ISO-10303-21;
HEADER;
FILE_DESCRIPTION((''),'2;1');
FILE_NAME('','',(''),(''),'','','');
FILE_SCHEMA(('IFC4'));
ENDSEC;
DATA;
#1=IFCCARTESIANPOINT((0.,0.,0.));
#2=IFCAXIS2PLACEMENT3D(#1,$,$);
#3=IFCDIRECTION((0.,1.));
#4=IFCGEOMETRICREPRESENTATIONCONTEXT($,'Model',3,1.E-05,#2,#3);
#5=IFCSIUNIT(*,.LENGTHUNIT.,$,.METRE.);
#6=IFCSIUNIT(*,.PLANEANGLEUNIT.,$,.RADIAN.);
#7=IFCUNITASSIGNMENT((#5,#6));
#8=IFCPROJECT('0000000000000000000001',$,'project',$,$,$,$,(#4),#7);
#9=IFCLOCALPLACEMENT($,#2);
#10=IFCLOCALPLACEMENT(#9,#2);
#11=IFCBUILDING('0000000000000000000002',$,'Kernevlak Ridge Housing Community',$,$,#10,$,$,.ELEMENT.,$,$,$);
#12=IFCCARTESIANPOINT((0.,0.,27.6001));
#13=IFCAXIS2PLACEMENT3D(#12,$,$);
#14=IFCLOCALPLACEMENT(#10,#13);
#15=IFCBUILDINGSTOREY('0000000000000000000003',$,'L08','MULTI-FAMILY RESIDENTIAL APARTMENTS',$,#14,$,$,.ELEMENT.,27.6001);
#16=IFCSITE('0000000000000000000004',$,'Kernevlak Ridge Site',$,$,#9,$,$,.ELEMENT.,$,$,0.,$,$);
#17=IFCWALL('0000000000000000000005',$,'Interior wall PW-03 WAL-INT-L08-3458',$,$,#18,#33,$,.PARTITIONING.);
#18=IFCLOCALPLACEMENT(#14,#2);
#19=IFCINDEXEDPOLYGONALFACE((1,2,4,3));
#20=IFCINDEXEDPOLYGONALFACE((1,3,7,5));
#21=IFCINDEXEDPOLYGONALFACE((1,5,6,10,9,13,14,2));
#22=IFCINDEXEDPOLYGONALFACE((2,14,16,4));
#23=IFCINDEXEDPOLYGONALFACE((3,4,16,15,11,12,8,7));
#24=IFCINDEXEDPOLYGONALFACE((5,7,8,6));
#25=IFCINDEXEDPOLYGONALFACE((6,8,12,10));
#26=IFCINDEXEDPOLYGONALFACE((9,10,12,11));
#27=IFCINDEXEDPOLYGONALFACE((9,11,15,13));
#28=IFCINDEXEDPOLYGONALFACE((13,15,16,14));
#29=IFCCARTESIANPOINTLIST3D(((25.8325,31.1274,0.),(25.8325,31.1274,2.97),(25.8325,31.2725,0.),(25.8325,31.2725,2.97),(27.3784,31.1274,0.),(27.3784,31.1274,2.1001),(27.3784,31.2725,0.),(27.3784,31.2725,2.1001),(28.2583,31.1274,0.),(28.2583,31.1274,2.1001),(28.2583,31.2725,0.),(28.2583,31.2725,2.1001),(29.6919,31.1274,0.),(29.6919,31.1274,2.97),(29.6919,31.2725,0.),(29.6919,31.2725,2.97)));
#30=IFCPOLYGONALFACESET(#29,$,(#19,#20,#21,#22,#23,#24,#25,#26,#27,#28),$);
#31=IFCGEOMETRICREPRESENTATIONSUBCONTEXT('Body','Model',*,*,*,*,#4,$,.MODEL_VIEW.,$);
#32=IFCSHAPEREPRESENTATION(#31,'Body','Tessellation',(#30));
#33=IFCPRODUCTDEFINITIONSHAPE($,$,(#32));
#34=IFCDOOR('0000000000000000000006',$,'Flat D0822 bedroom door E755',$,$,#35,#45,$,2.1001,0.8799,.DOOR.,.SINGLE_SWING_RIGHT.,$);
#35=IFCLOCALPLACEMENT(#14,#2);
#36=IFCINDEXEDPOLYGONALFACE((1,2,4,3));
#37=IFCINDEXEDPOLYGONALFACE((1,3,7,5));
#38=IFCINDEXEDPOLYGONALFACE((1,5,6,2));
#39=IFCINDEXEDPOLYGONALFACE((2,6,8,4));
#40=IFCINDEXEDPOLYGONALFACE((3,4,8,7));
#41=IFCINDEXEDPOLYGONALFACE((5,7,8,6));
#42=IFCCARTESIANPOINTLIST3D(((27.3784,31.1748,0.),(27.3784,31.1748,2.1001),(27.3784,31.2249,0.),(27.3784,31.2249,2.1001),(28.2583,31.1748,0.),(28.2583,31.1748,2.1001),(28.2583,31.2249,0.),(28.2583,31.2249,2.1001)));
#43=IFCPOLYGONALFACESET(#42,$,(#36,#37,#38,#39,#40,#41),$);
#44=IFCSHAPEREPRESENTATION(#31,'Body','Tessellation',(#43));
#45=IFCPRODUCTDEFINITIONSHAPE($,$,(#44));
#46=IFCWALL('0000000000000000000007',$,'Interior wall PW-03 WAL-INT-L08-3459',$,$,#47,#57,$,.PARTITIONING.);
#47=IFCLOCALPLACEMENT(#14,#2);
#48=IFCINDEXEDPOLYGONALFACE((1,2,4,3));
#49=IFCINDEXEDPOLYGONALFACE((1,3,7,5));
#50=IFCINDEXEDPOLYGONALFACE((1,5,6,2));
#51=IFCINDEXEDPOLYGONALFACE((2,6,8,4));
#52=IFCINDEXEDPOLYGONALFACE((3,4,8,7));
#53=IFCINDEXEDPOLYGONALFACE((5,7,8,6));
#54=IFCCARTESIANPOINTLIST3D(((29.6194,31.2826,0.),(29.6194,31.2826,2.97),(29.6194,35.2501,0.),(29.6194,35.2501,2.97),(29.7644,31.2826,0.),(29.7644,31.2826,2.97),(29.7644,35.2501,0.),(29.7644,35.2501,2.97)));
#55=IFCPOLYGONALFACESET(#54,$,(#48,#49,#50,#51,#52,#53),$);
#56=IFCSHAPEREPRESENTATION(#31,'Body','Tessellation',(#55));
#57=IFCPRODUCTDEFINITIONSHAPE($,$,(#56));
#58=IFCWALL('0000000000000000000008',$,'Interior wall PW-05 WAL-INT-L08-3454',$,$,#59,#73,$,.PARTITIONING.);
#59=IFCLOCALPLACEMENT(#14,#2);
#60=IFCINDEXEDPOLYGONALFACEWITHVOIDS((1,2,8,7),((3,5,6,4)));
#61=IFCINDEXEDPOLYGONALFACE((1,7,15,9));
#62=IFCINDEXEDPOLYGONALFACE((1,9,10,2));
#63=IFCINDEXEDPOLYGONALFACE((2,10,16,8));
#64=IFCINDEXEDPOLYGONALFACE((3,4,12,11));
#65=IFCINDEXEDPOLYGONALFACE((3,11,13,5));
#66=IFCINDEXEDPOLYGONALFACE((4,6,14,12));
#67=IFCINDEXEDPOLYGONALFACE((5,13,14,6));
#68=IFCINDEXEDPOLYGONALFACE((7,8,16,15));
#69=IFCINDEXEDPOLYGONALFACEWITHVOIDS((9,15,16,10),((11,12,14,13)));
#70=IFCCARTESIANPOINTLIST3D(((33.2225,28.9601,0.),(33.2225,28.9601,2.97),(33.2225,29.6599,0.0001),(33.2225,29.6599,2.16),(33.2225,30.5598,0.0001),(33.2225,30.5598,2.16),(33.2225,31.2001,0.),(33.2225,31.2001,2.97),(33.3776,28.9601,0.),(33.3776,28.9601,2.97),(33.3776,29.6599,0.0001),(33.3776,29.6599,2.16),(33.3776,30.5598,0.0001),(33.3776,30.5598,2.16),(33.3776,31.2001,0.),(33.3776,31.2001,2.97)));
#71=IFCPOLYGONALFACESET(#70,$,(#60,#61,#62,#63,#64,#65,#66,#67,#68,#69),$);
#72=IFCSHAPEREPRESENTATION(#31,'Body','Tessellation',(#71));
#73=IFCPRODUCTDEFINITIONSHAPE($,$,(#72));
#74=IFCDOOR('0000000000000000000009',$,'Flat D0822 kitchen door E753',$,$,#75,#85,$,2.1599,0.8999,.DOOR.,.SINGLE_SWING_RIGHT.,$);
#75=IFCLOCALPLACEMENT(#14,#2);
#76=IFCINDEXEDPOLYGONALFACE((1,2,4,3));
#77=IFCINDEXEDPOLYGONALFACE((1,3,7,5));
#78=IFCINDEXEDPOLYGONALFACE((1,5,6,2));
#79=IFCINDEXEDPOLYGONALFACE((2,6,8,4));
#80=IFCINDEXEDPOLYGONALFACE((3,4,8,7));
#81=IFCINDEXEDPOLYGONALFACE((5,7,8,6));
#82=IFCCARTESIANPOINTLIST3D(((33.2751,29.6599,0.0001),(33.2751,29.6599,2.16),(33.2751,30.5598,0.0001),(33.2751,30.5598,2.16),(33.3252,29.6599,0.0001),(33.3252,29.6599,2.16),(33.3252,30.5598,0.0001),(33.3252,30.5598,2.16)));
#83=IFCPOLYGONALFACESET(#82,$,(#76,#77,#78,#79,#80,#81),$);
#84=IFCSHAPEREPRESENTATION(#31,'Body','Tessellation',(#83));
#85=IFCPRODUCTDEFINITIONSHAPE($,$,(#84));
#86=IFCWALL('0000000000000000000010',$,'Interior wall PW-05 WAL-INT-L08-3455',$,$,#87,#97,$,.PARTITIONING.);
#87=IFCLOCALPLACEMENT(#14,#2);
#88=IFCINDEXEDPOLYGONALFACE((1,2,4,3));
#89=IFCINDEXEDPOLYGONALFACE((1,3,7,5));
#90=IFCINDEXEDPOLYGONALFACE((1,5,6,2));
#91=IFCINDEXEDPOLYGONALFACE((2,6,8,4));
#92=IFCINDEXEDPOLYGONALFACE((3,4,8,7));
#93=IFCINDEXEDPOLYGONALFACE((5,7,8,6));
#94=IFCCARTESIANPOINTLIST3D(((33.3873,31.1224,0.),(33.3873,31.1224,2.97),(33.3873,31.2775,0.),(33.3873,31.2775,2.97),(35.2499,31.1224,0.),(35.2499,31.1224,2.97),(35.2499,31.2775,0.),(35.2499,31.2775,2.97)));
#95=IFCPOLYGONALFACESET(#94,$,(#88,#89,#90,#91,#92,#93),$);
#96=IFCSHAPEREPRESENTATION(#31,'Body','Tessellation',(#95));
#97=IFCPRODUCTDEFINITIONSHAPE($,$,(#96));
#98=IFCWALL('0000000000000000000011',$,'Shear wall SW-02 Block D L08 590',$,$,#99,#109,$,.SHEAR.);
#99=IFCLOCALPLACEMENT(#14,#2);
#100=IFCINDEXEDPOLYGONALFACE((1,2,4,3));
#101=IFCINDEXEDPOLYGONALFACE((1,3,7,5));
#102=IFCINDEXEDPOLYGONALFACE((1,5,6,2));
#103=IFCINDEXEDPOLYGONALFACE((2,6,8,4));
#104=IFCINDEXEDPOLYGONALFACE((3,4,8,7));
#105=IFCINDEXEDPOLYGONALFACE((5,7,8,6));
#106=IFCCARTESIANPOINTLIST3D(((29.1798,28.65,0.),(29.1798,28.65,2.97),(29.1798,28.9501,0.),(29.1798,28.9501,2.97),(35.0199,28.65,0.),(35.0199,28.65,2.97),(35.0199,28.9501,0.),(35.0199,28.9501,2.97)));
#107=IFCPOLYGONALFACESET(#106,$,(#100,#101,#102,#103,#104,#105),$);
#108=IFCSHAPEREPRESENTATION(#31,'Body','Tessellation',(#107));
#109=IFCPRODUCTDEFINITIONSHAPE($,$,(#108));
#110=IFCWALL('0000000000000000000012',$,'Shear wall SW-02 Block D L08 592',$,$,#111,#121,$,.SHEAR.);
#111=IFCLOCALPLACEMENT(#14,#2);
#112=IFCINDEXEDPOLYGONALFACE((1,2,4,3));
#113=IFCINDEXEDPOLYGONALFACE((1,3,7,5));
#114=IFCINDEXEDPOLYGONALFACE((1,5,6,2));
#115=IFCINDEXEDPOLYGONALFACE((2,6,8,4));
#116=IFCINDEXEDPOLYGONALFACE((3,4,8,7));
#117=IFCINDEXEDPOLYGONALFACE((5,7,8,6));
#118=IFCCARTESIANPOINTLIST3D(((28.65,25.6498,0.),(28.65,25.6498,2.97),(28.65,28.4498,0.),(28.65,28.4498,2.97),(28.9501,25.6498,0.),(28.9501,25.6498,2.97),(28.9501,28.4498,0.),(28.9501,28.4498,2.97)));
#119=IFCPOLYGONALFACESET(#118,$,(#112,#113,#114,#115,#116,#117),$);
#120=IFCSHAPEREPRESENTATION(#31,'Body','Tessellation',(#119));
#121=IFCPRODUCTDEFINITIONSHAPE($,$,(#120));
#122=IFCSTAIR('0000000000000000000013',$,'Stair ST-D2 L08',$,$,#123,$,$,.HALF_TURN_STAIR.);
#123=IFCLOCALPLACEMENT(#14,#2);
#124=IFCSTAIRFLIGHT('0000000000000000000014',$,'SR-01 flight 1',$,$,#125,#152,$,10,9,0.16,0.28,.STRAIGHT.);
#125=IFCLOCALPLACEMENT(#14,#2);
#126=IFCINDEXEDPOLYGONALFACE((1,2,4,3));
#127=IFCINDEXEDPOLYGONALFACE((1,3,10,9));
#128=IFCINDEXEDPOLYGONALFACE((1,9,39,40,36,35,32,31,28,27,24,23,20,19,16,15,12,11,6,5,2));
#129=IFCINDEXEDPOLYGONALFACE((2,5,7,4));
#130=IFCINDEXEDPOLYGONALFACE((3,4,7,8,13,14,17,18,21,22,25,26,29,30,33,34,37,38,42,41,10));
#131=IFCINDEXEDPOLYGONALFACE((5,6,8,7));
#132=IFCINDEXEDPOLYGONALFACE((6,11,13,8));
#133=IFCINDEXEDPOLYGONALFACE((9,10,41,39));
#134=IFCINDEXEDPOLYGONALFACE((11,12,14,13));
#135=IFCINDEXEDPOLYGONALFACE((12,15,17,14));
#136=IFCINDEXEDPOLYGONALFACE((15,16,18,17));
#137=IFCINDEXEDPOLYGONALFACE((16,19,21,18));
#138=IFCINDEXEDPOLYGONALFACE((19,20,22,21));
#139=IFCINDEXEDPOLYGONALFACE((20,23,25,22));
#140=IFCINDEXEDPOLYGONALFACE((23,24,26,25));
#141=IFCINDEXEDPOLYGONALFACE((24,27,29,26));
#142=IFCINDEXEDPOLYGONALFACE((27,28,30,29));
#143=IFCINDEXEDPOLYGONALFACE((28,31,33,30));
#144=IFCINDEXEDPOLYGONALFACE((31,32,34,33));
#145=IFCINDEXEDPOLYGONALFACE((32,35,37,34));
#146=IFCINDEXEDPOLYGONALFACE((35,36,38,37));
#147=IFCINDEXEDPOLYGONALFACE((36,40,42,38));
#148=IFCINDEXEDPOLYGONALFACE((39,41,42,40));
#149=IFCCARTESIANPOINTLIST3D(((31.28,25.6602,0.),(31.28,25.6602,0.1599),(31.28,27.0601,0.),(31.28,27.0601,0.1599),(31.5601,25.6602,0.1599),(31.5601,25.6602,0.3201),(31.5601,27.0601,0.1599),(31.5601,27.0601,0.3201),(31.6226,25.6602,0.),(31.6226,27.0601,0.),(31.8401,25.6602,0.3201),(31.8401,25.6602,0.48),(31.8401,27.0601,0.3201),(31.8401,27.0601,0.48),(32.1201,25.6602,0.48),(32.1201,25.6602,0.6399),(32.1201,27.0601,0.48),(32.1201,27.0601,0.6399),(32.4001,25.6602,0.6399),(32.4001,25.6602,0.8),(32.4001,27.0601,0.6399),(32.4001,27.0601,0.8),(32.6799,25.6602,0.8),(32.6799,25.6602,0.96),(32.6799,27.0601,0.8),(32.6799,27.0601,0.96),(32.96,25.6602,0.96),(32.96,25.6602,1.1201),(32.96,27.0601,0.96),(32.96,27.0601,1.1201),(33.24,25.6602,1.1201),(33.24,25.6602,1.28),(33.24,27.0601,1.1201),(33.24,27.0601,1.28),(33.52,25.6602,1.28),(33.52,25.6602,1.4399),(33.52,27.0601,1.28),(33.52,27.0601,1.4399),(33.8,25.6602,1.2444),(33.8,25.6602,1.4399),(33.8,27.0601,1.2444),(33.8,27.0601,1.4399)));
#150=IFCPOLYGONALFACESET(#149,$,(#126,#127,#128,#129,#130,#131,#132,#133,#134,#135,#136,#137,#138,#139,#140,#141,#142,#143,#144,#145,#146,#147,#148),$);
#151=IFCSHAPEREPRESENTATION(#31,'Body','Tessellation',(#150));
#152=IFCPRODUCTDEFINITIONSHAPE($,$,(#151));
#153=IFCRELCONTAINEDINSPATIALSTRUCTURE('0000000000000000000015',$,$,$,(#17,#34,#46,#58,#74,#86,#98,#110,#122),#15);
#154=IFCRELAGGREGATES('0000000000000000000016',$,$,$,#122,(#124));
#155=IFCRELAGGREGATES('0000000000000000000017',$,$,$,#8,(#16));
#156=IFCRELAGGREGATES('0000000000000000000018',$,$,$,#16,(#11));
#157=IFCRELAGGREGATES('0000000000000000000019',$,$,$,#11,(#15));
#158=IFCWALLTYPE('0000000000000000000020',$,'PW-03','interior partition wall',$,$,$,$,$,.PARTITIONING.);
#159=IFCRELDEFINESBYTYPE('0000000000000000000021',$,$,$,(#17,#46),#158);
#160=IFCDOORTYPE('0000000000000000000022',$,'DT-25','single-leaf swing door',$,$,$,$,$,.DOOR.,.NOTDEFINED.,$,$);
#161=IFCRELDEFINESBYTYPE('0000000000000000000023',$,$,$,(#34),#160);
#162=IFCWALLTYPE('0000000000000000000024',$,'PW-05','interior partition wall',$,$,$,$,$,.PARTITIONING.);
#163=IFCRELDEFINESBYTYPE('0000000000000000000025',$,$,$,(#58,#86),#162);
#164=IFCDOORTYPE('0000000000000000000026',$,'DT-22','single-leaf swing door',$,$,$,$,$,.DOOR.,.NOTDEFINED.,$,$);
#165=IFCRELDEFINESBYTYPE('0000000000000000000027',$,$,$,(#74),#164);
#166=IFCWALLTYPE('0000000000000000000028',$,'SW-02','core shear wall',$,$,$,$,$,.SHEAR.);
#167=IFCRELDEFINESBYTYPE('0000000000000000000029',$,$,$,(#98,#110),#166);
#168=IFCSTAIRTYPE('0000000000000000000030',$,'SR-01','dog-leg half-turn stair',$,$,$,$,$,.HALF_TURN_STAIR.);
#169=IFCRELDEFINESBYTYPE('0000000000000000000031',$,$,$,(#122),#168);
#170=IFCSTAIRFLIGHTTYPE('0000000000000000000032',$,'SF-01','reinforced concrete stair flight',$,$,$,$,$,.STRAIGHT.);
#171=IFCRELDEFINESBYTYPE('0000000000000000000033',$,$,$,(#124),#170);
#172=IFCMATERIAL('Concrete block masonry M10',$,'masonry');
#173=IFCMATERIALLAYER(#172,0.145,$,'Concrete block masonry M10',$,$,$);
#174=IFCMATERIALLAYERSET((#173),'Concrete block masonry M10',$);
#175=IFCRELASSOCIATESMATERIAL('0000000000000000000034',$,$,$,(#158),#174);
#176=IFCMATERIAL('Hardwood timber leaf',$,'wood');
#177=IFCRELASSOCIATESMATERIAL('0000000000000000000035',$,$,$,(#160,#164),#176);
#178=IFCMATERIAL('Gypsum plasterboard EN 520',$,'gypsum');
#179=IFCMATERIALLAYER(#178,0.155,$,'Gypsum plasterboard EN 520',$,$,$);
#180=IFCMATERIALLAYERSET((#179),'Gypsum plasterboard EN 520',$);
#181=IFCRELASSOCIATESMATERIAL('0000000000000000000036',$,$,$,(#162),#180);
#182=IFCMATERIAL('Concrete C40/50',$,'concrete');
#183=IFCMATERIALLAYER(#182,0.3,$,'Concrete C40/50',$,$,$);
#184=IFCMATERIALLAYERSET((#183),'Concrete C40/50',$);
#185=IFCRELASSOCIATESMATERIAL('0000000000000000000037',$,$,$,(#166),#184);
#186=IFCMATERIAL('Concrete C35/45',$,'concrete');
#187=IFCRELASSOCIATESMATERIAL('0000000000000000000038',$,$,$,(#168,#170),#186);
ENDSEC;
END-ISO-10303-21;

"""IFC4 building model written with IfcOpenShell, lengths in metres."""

from ifc_helpers import new_model, si_unit, direction, frame, frame_2d, origin, place, context, subcontext, project, spatial, polyline, rectangle, outline, extrude, material, layer, layer_set, type_object, element, fill, aggregate, save


model = new_model("IFC4")

# Units and contexts
model_context = context("Model", 3, precision=1e-05, world=origin(), true_north=direction((0.0, 1.0)))
body_context = subcontext(model_context, "Body", "Model", "MODEL_VIEW")
ifc_project = project(units=[si_unit("LENGTHUNIT", "METRE"), si_unit("PLANEANGLEUNIT", "RADIAN")], contexts=[model_context])

# Site, building, storey
site_placement = place(None, origin())
site = spatial("IfcSite", under=ifc_project, at=site_placement, Name="Kernevlak Ridge Site", CompositionType="ELEMENT", RefElevation=0.0)
building_placement = place(site_placement, origin())
building = spatial("IfcBuilding", under=site, at=building_placement, Name="Kernevlak Ridge Housing Community", CompositionType="ELEMENT")
storey_placement = place(building_placement, frame((0.0, 0.0, 27.6001)))
storey = spatial("IfcBuildingStorey", under=building, at=storey_placement, Name="L08", Description="MULTI-FAMILY RESIDENTIAL APARTMENTS", CompositionType="ELEMENT", Elevation=27.6001)

# Shared definitions
ifc_material_1 = material(Name="Concrete C40/50", Category="concrete")
ifc_material_2 = material(Name="Concrete C35/45", Category="concrete")

# Shared definitions
ifc_material_3 = material(Name="Concrete block masonry M10", Category="masonry")

# Shared definitions
ifc_layer_1 = layer(ifc_material_3, 0.145, Name="Concrete block masonry M10")
ifc_layer_set_1 = layer_set([ifc_layer_1], Name="Concrete block masonry M10")
wall_type_1 = type_object("IfcWallType", Name="PW-03", Description="interior partition wall", PredefinedType="PARTITIONING", material=ifc_layer_set_1)

# Wall, opening, door
wall_1_placement = place(storey_placement, frame((25.8325, 31.2, 0.0), z_axis=(0.0, 0.0, 1.0), x_axis=(1.0, 0.0, 0.0)))
wall_1 = element("IfcWall", 1, at=wall_1_placement, inside=storey, type_object=wall_type_1, Name="Interior wall PW-03 WAL-INT-L08-3458", PredefinedType="PARTITIONING", context=body_context, shape_type="SweptSolid", body=[
    extrude(rectangle(XDim=3.8594, YDim=0.145, at=frame_2d((1.9297, 0.0))), origin(), (0.0, 0.0, 1.0), 2.97),
])
opening_1_placement = place(wall_1_placement, frame((1.5459, 0.0, 0.0)))
opening_1 = element("IfcOpeningElement", 2, at=opening_1_placement, cuts=wall_1, PredefinedType="OPENING", context=body_context, shape_type="SweptSolid", body=[
    extrude(rectangle(XDim=0.8799, YDim=2.1001, at=frame_2d((0.4399, 1.05))), frame((0.0, 0.0825, 0.0), z_axis=(0.0, -1.0, 0.0), x_axis=(1.0, 0.0, 0.0)), (0.0, 0.0, 1.0), 0.165),
])
ifc_material_4 = material(Name="Hardwood timber leaf", Category="wood")
door_type_1 = type_object("IfcDoorType", Name="DT-25", Description="single-leaf swing door", OperationType="NOTDEFINED", PredefinedType="DOOR", material=ifc_material_4)
door_1_placement = place(opening_1_placement, origin())
door_1 = element("IfcDoor", 3, at=door_1_placement, inside=storey, type_object=door_type_1, Name="Flat D0822 bedroom door E755", OperationType="SINGLE_SWING_RIGHT", OverallHeight=2.1001, OverallWidth=0.8799, PredefinedType="DOOR", context=body_context, shape_type="SweptSolid", body=[
    extrude(rectangle(XDim=0.8799, YDim=2.1001, at=frame_2d((0.4399, 1.05))), frame((0.0, 0.0249, 0.0), z_axis=(0.0, -1.0, 0.0), x_axis=(1.0, 0.0, 0.0)), (0.0, 0.0, 1.0), 0.05),
])
fill(opening_1, door_1)

# Wall
wall_2_placement = place(storey_placement, frame((29.6919, 31.2825, 0.0), z_axis=(0.0, 0.0, 1.0), x_axis=(0.0, 1.0, 0.0)))
element("IfcWall", 4, at=wall_2_placement, inside=storey, type_object=wall_type_1, Name="Interior wall PW-03 WAL-INT-L08-3459", PredefinedType="PARTITIONING", context=body_context, shape_type="SweptSolid", body=[
    extrude(rectangle(XDim=3.9675, YDim=0.145, at=frame_2d((1.9839, 0.0))), origin(), (0.0, 0.0, 1.0), 2.97),
])

# Wall, opening, door
ifc_material_5 = material(Name="Gypsum plasterboard EN 520", Category="gypsum")
ifc_layer_2 = layer(ifc_material_5, 0.155, Name="Gypsum plasterboard EN 520")
ifc_layer_set_2 = layer_set([ifc_layer_2], Name="Gypsum plasterboard EN 520")
wall_type_2 = type_object("IfcWallType", Name="PW-05", Description="interior partition wall", PredefinedType="PARTITIONING", material=ifc_layer_set_2)
wall_3_placement = place(storey_placement, frame((33.3, 28.96, 0.0), z_axis=(0.0, 0.0, 1.0), x_axis=(0.0, 1.0, 0.0)))
wall_3 = element("IfcWall", 5, at=wall_3_placement, inside=storey, type_object=wall_type_2, Name="Interior wall PW-05 WAL-INT-L08-3454", PredefinedType="PARTITIONING", context=body_context, shape_type="SweptSolid", body=[
    extrude(rectangle(XDim=2.24, YDim=0.155, at=frame_2d((1.1201, 0.0))), origin(), (0.0, 0.0, 1.0), 2.97),
])
opening_2_placement = place(wall_3_placement, frame((0.7, 0.0, 0.0)))
opening_2 = element("IfcOpeningElement", 6, at=opening_2_placement, cuts=wall_3, PredefinedType="OPENING", context=body_context, shape_type="SweptSolid", body=[
    extrude(rectangle(XDim=0.8999, YDim=2.1599, at=frame_2d((0.45, 1.0801))), frame((0.0, 0.0874, 0.0), z_axis=(0.0, -1.0, 0.0), x_axis=(1.0, 0.0, 0.0)), (0.0, 0.0, 1.0), 0.175),
])
door_type_2 = type_object("IfcDoorType", Name="DT-22", Description="single-leaf swing door", OperationType="NOTDEFINED", PredefinedType="DOOR", material=ifc_material_4)
door_2_placement = place(opening_2_placement, origin())
door_2 = element("IfcDoor", 7, at=door_2_placement, inside=storey, type_object=door_type_2, Name="Flat D0822 kitchen door E753", OperationType="SINGLE_SWING_RIGHT", OverallHeight=2.1599, OverallWidth=0.8999, PredefinedType="DOOR", context=body_context, shape_type="SweptSolid", body=[
    extrude(rectangle(XDim=0.8999, YDim=2.1599, at=frame_2d((0.45, 1.0801))), frame((0.0, 0.0249, 0.0), z_axis=(0.0, -1.0, 0.0), x_axis=(1.0, 0.0, 0.0)), (0.0, 0.0, 1.0), 0.05),
])
fill(opening_2, door_2)

# Walls
wall_4_placement = place(storey_placement, frame((33.3875, 31.2, 0.0), z_axis=(0.0, 0.0, 1.0), x_axis=(1.0, 0.0, 0.0)))
element("IfcWall", 8, at=wall_4_placement, inside=storey, type_object=wall_type_2, Name="Interior wall PW-05 WAL-INT-L08-3455", PredefinedType="PARTITIONING", context=body_context, shape_type="SweptSolid", body=[
    extrude(rectangle(XDim=1.8625, YDim=0.155, at=frame_2d((0.9312, 0.0))), origin(), (0.0, 0.0, 1.0), 2.97),
])
ifc_layer_3 = layer(ifc_material_1, 0.3, Name="Concrete C40/50")
ifc_layer_set_3 = layer_set([ifc_layer_3], Name="Concrete C40/50")
wall_type_3 = type_object("IfcWallType", Name="SW-02", Description="core shear wall", PredefinedType="SHEAR", material=ifc_layer_set_3)
wall_5_placement = place(storey_placement, frame((29.1799, 28.8, 0.0), z_axis=(0.0, 0.0, 1.0), x_axis=(1.0, 0.0, 0.0)))
element("IfcWall", 9, at=wall_5_placement, inside=storey, type_object=wall_type_3, Name="Shear wall SW-02 Block D L08 590", PredefinedType="SHEAR", context=body_context, shape_type="SweptSolid", body=[
    extrude(rectangle(XDim=5.8401, YDim=0.3, at=frame_2d((2.9199, 0.0))), origin(), (0.0, 0.0, 1.0), 2.97),
])
wall_6_placement = place(storey_placement, frame((28.8, 25.6499, 0.0), z_axis=(0.0, 0.0, 1.0), x_axis=(0.0, 1.0, 0.0)))
element("IfcWall", 10, at=wall_6_placement, inside=storey, type_object=wall_type_3, Name="Shear wall SW-02 Block D L08 592", PredefinedType="SHEAR", context=body_context, shape_type="SweptSolid", body=[
    extrude(rectangle(XDim=2.8, YDim=0.3, at=frame_2d((1.3999, 0.0))), origin(), (0.0, 0.0, 1.0), 2.97),
])

# Stair, stair flight
stair_type = type_object("IfcStairType", Name="SR-01", Description="dog-leg half-turn stair", PredefinedType="HALF_TURN_STAIR", material=ifc_material_2)
stair_placement = place(storey_placement, origin())
stair = element("IfcStair", 11, at=stair_placement, inside=storey, type_object=stair_type, Name="Stair ST-D2 L08", PredefinedType="HALF_TURN_STAIR")
stair_flight_type = type_object("IfcStairFlightType", Name="SF-01", Description="reinforced concrete stair flight", PredefinedType="STRAIGHT", material=ifc_material_2)
stair_flight_1_placement = place(storey_placement, frame((31.28, 26.3601, 0.0), z_axis=(0.0, 0.0, 1.0), x_axis=(1.0, 0.0, 0.0)))
stair_flight_1 = element("IfcStairFlight", 12, at=stair_flight_1_placement, type_object=stair_flight_type, Name="SR-01 flight 1", NumberOfRisers=10, NumberOfTreads=9, PredefinedType="STRAIGHT", RiserHeight=0.16, TreadLength=0.28, context=body_context, shape_type="SweptSolid", body=[
    extrude(outline(polyline([(0.0, 0.0), (0.0, 0.1599), (0.28, 0.1599), (0.28, 0.3201), (0.5601, 0.3201), (0.5601, 0.48), (0.8401, 0.48), (0.8401, 0.6399), (1.1201, 0.6399), (1.1201, 0.8), (1.3999, 0.8), (1.3999, 0.96), (1.6799, 0.96), (1.6799, 1.1201), (1.96, 1.1201), (1.96, 1.28), (2.24, 1.28), (2.24, 1.4399), (2.52, 1.4399), (2.52, 1.6001), (2.52, 1.2444), (0.3425, 0.0), (0.0, 0.0)])), frame((0.0, 0.7, 0.0), z_axis=(0.0, -1.0, 0.0), x_axis=(1.0, 0.0, 0.0)), (0.0, 0.0, 1.0), 1.3999),
])
aggregate(stair, [stair_flight_1])

save(model, "model.ifc")
